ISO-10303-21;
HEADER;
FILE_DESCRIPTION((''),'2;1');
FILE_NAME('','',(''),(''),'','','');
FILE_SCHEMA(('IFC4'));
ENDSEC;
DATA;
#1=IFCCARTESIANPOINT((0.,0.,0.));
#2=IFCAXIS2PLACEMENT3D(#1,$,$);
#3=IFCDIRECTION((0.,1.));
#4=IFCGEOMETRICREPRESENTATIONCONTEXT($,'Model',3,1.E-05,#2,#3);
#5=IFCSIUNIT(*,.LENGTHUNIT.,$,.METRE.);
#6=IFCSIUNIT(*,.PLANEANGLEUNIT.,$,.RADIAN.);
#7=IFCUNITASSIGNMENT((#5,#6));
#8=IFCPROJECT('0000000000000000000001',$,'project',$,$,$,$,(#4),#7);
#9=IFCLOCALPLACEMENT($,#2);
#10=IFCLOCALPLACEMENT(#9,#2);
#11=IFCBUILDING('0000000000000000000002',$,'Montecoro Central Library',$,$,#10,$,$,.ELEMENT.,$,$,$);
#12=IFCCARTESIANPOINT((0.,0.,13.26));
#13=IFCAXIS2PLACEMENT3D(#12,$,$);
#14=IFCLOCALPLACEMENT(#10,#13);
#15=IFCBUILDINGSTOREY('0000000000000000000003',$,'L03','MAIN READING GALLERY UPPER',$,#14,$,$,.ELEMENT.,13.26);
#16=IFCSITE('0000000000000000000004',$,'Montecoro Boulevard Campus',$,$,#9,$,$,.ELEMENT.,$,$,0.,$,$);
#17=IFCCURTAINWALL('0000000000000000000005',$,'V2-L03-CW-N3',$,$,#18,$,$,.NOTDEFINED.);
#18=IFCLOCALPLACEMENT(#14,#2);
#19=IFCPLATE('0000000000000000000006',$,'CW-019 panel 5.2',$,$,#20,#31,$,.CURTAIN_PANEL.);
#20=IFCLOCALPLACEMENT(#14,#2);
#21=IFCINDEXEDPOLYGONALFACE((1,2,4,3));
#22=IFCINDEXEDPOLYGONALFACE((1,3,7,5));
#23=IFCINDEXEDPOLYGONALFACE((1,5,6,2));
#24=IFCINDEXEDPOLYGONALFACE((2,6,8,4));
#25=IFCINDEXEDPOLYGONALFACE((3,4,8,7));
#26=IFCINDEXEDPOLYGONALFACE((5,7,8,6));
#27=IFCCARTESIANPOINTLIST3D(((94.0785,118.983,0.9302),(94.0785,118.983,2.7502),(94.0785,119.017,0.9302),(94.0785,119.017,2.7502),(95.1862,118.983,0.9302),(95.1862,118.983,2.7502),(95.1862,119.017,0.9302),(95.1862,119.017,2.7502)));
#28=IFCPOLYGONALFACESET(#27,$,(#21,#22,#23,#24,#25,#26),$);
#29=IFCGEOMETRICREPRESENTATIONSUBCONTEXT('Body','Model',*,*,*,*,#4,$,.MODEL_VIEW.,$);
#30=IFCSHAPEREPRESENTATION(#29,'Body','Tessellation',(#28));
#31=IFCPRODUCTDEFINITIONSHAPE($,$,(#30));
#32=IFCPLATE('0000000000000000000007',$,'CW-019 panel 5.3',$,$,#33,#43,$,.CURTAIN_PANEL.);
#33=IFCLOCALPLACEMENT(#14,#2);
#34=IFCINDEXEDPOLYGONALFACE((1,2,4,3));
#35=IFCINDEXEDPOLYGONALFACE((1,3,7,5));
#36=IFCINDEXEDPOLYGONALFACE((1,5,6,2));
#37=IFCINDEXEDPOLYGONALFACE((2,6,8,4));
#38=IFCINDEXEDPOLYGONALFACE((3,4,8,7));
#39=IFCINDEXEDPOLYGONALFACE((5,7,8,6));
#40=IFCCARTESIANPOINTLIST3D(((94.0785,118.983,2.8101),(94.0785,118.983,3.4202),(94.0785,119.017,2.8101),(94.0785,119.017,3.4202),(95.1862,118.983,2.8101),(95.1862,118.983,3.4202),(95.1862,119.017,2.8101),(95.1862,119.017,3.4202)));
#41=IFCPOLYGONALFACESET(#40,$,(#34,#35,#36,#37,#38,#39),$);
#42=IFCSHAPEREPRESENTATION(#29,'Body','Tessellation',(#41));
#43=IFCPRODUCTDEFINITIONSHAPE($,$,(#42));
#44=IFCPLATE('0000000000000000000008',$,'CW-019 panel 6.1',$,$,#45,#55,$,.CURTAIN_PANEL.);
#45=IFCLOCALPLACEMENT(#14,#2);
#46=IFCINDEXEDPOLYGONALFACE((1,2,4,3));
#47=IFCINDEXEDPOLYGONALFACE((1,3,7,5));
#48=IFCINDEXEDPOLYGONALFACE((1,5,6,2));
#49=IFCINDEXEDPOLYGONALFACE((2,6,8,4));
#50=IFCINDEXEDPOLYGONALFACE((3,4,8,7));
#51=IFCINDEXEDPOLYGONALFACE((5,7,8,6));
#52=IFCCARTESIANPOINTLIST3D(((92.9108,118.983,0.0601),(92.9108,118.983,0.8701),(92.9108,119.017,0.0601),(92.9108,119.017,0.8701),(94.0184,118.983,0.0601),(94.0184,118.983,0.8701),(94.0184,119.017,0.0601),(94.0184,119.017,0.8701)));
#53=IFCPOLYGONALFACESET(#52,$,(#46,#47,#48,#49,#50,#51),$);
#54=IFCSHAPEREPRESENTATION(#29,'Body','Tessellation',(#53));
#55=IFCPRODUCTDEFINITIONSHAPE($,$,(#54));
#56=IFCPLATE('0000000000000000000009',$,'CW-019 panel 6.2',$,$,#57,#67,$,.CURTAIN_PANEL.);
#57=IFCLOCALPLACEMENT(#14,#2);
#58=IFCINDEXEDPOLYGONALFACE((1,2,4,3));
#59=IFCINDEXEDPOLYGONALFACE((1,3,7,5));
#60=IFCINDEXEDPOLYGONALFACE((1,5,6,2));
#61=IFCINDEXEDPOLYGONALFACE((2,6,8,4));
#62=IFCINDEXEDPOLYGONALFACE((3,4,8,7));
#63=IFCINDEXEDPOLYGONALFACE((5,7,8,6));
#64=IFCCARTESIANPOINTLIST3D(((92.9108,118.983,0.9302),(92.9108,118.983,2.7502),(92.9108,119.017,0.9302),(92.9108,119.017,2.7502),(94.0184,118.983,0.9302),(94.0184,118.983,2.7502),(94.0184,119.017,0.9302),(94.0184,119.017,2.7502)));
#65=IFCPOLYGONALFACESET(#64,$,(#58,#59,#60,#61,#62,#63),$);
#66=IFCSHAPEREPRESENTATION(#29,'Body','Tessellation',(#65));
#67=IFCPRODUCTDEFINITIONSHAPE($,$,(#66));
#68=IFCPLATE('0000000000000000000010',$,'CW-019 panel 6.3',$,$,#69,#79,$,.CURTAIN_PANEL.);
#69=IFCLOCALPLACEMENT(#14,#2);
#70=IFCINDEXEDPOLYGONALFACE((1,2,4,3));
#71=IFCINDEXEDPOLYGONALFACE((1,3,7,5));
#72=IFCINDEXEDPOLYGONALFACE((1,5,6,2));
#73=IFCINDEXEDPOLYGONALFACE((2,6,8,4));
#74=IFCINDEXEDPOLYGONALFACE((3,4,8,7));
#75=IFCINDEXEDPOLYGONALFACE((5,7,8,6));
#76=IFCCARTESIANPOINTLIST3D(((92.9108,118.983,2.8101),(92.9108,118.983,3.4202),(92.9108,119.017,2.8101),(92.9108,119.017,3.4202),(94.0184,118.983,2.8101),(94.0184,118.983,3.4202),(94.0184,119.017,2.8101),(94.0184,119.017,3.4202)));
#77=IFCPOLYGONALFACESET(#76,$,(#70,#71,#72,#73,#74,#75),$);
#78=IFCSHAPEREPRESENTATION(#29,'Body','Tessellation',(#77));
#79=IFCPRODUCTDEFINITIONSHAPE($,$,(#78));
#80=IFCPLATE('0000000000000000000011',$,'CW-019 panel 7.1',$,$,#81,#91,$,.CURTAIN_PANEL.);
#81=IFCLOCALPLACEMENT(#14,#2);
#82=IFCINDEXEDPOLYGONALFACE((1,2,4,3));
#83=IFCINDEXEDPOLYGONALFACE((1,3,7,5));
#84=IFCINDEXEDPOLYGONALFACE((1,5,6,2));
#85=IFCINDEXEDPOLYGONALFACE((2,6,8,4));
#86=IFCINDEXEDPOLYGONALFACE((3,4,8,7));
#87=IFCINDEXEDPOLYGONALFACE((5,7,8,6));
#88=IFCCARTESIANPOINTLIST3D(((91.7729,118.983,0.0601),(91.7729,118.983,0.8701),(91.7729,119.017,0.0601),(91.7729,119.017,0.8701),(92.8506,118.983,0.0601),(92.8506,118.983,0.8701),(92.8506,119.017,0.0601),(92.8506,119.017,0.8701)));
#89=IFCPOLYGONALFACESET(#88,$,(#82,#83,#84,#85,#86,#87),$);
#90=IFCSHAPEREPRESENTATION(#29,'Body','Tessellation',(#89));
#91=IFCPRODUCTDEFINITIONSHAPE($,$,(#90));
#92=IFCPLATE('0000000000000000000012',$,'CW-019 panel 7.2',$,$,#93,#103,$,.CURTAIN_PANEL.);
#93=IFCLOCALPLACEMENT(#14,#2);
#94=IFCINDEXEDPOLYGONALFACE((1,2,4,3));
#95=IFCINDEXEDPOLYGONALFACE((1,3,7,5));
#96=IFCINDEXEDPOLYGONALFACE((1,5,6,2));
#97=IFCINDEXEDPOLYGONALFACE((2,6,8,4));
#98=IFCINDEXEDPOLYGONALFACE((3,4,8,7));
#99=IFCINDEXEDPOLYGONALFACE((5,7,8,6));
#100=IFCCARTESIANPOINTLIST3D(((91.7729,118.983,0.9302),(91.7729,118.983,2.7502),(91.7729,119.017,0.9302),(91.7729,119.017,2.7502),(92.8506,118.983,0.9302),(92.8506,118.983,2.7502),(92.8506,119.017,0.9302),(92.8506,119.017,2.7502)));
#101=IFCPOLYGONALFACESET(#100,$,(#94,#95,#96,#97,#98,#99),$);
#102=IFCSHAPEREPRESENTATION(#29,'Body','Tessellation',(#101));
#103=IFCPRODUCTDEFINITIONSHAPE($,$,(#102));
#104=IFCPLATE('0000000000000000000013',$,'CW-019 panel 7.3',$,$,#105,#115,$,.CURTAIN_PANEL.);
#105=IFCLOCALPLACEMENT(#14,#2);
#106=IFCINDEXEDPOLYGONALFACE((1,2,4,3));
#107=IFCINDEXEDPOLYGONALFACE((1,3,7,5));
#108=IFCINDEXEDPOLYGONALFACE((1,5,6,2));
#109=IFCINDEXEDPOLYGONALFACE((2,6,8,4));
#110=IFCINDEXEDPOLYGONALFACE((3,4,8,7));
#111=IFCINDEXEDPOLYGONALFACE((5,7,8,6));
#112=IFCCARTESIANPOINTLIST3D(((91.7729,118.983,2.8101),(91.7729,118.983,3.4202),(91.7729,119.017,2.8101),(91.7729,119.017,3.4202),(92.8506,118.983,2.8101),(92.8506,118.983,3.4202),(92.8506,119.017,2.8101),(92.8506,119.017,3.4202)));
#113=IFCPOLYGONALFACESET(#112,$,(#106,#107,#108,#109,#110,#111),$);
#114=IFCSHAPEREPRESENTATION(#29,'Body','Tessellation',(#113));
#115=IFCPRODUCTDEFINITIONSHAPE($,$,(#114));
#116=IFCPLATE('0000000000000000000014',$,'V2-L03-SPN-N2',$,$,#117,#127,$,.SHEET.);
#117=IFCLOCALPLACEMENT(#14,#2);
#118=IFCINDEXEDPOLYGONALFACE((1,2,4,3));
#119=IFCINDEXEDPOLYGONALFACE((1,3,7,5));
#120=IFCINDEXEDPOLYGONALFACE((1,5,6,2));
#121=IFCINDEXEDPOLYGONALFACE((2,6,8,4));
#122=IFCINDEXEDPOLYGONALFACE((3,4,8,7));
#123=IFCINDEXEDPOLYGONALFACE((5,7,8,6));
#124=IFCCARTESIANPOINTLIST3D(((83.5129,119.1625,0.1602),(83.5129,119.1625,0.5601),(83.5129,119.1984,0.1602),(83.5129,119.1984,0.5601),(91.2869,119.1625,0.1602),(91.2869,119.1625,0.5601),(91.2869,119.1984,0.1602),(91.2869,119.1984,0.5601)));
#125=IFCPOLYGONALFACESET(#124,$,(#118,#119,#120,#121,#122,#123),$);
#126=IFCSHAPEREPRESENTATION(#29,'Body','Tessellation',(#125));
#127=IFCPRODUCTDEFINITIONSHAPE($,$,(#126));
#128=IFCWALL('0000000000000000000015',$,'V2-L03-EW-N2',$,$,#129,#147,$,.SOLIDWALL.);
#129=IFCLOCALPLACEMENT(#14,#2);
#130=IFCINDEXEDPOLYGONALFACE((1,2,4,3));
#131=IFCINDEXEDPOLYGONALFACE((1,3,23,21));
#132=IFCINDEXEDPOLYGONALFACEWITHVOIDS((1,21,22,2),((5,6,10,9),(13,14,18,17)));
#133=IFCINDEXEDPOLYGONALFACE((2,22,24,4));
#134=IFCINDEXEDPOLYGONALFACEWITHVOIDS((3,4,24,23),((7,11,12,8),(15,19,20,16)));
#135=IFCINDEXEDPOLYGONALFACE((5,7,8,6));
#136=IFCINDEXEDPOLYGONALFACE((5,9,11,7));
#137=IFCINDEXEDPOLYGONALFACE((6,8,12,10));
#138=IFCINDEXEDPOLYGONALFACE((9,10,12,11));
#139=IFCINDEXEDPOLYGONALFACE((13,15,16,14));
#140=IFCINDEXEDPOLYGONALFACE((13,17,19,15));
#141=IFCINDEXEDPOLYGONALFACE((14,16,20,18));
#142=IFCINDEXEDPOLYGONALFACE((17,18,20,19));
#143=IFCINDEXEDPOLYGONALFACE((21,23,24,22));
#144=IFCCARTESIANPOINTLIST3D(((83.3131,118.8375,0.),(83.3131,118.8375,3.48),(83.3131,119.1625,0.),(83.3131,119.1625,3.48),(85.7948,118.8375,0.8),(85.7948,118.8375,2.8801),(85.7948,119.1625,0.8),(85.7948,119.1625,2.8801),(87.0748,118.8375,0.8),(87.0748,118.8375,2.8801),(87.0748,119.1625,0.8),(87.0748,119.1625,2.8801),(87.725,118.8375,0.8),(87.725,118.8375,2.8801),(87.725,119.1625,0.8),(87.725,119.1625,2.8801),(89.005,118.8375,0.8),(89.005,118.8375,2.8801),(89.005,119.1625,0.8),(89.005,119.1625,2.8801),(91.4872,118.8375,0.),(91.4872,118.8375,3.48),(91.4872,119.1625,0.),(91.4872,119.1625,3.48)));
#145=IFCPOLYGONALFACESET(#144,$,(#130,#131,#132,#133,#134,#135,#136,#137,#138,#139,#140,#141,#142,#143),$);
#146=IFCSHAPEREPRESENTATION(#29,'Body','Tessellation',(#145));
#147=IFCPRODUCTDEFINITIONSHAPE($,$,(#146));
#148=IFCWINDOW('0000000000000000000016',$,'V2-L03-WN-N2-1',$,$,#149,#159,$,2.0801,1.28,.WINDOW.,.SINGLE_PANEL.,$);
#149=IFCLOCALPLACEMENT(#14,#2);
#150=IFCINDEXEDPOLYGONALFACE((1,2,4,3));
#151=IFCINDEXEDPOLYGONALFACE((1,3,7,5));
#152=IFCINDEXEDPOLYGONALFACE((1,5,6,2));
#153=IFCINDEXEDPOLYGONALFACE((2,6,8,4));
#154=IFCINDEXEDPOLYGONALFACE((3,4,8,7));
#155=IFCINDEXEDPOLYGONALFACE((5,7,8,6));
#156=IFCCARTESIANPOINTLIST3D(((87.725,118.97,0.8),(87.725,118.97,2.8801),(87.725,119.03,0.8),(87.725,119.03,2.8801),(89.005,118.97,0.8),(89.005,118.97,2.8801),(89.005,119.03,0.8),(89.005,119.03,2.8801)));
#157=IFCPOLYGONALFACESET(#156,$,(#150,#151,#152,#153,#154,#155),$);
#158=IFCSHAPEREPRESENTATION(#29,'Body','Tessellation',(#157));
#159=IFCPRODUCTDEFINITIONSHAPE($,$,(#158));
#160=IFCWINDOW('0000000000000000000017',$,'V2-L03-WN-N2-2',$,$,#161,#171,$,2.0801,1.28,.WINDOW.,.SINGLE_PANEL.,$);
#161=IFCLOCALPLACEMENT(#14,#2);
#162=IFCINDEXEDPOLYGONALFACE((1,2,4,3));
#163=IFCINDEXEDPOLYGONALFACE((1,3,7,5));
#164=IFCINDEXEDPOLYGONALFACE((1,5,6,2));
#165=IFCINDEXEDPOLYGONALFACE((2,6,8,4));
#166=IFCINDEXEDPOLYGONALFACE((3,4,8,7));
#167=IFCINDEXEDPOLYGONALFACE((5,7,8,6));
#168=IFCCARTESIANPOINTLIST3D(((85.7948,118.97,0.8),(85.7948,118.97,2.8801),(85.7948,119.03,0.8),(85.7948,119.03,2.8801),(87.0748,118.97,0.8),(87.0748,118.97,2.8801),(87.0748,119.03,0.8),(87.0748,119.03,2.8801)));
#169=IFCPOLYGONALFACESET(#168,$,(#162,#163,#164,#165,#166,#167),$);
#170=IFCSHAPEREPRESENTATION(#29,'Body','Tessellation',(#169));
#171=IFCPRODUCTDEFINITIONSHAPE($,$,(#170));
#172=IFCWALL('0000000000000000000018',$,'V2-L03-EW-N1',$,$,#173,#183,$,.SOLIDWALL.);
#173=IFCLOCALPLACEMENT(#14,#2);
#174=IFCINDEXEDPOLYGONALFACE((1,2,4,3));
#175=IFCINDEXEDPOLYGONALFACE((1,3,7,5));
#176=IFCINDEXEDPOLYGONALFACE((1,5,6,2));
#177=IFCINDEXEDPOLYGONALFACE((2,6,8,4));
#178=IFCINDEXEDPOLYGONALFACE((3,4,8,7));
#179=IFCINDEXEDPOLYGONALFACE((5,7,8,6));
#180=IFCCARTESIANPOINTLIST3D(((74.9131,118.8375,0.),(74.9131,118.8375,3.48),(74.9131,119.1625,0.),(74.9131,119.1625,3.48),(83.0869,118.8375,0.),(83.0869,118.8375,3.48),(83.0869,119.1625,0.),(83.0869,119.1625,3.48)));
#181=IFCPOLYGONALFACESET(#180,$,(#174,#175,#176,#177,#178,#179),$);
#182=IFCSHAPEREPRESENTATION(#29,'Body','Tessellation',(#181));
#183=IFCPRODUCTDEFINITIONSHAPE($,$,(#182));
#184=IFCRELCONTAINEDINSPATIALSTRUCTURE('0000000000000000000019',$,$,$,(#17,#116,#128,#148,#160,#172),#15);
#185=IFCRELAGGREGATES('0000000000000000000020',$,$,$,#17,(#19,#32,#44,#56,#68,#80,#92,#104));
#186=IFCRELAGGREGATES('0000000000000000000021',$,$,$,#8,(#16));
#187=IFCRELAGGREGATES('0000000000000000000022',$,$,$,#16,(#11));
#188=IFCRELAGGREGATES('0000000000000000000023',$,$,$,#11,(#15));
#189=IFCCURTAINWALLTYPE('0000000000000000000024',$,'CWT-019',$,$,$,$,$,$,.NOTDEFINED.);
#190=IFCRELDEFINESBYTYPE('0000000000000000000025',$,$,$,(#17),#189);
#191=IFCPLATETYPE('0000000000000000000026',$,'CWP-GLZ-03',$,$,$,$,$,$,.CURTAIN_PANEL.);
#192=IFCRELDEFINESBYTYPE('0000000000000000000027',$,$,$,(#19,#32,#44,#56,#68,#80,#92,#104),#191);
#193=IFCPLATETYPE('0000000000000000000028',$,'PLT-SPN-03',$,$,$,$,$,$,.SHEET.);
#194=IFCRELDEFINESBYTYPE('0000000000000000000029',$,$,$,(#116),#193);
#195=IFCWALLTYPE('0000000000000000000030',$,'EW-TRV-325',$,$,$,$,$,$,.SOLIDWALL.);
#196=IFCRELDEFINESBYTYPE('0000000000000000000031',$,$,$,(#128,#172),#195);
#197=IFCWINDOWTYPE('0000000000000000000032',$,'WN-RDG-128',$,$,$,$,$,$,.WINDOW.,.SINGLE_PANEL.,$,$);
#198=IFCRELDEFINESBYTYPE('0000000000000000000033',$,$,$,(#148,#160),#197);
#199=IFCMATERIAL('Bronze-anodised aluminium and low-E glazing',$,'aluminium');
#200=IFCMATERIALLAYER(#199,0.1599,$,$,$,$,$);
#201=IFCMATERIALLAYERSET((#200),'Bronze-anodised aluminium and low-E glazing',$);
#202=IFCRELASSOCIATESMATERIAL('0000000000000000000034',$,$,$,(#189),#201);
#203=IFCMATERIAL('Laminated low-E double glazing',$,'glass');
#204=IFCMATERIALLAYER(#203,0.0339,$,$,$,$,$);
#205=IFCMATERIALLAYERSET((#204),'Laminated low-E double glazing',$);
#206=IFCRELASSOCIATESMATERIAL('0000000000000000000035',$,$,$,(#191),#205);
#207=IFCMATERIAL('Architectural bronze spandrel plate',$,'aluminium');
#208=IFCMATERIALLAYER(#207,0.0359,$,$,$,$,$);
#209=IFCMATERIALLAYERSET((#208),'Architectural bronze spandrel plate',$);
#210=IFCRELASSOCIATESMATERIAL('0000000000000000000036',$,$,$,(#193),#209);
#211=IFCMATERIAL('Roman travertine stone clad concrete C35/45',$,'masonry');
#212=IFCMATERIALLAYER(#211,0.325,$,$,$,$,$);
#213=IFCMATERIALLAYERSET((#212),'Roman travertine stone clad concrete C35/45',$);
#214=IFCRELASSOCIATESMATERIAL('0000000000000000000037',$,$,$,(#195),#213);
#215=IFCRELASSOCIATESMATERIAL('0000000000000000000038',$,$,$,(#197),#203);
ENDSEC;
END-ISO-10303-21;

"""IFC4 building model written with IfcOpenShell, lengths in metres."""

from ifc_helpers import new_model, si_unit, direction, frame, frame_2d, origin, origin_2d, place, context, subcontext, project, spatial, rectangle, extrude, material, layer, layer_set, type_object, element, fill, aggregate, save


model = new_model("IFC4")

# Units and contexts
model_context = context("Model", 3, precision=1e-05, world=origin(), true_north=direction((0.0, 1.0)))
body_context = subcontext(model_context, "Body", "Model", "MODEL_VIEW")
ifc_project = project(units=[si_unit("LENGTHUNIT", "METRE"), si_unit("PLANEANGLEUNIT", "RADIAN")], contexts=[model_context])

# Site, building, storey
site_placement = place(None, origin())
site = spatial("IfcSite", under=ifc_project, at=site_placement, Name="Montecoro Boulevard Campus", CompositionType="ELEMENT", RefElevation=0.0)
building_placement = place(site_placement, origin())
building = spatial("IfcBuilding", under=site, at=building_placement, Name="Montecoro Central Library", CompositionType="ELEMENT")
storey_placement = place(building_placement, frame((0.0, 0.0, 13.26)))
storey = spatial("IfcBuildingStorey", under=building, at=storey_placement, Name="L03", Description="MAIN READING GALLERY UPPER", CompositionType="ELEMENT", Elevation=13.26)

# Curtain wall, plates
ifc_material_1 = material(Name="Bronze-anodised aluminium and low-E glazing", Category="aluminium")
ifc_layer_1 = layer(ifc_material_1, 0.1599)
ifc_layer_set_1 = layer_set([ifc_layer_1], Name="Bronze-anodised aluminium and low-E glazing")
curtain_wall_type = type_object("IfcCurtainWallType", Name="CWT-019", PredefinedType="NOTDEFINED", material=ifc_layer_set_1)
curtain_wall_placement = place(storey_placement, origin())
curtain_wall = element("IfcCurtainWall", 1, at=curtain_wall_placement, inside=storey, type_object=curtain_wall_type, Name="V2-L03-CW-N3", PredefinedType="NOTDEFINED")
ifc_material_2 = material(Name="Laminated low-E double glazing", Category="glass")
ifc_layer_2 = layer(ifc_material_2, 0.0339)
ifc_layer_set_2 = layer_set([ifc_layer_2], Name="Laminated low-E double glazing")
plate_type_1 = type_object("IfcPlateType", Name="CWP-GLZ-03", PredefinedType="CURTAIN_PANEL", material=ifc_layer_set_2)
plate_1_placement = place(storey_placement, frame((94.6323, 119.0, 0.9302), z_axis=(0.0, 0.0, 1.0), x_axis=(-1.0, 0.0, 0.0)))
plate_1 = element("IfcPlate", 2, at=plate_1_placement, type_object=plate_type_1, Name="CW-019 panel 5.2", PredefinedType="CURTAIN_PANEL", context=body_context, shape_type="SweptSolid", body=[
    extrude(rectangle(XDim=1.1077, YDim=0.0339, at=origin_2d()), origin(), (0.0, 0.0, 1.0), 1.8201),
])
plate_2_placement = place(storey_placement, frame((94.6323, 119.0, 2.8101), z_axis=(0.0, 0.0, 1.0), x_axis=(-1.0, 0.0, 0.0)))
plate_2 = element("IfcPlate", 3, at=plate_2_placement, type_object=plate_type_1, Name="CW-019 panel 5.3", PredefinedType="CURTAIN_PANEL", context=body_context, shape_type="SweptSolid", body=[
    extrude(rectangle(XDim=1.1077, YDim=0.0339, at=origin_2d()), origin(), (0.0, 0.0, 1.0), 0.6101),
])
plate_3_placement = place(storey_placement, frame((93.4646, 119.0, 0.0601), z_axis=(0.0, 0.0, 1.0), x_axis=(-1.0, 0.0, 0.0)))
plate_3 = element("IfcPlate", 4, at=plate_3_placement, type_object=plate_type_1, Name="CW-019 panel 6.1", PredefinedType="CURTAIN_PANEL", context=body_context, shape_type="SweptSolid", body=[
    extrude(rectangle(XDim=1.1077, YDim=0.0339, at=origin_2d()), origin(), (0.0, 0.0, 1.0), 0.8101),
])
plate_4_placement = place(storey_placement, frame((93.4646, 119.0, 0.9302), z_axis=(0.0, 0.0, 1.0), x_axis=(-1.0, 0.0, 0.0)))
plate_4 = element("IfcPlate", 5, at=plate_4_placement, type_object=plate_type_1, Name="CW-019 panel 6.2", PredefinedType="CURTAIN_PANEL", context=body_context, shape_type="SweptSolid", body=[
    extrude(rectangle(XDim=1.1077, YDim=0.0339, at=origin_2d()), origin(), (0.0, 0.0, 1.0), 1.8201),
])
plate_5_placement = place(storey_placement, frame((93.4646, 119.0, 2.8101), z_axis=(0.0, 0.0, 1.0), x_axis=(-1.0, 0.0, 0.0)))
plate_5 = element("IfcPlate", 6, at=plate_5_placement, type_object=plate_type_1, Name="CW-019 panel 6.3", PredefinedType="CURTAIN_PANEL", context=body_context, shape_type="SweptSolid", body=[
    extrude(rectangle(XDim=1.1077, YDim=0.0339, at=origin_2d()), origin(), (0.0, 0.0, 1.0), 0.6101),
])
plate_6_placement = place(storey_placement, frame((92.3118, 119.0, 0.0601), z_axis=(0.0, 0.0, 1.0), x_axis=(-1.0, 0.0, 0.0)))
plate_6 = element("IfcPlate", 7, at=plate_6_placement, type_object=plate_type_1, Name="CW-019 panel 7.1", PredefinedType="CURTAIN_PANEL", context=body_context, shape_type="SweptSolid", body=[
    extrude(rectangle(XDim=1.0776, YDim=0.0339, at=origin_2d()), origin(), (0.0, 0.0, 1.0), 0.8101),
])
plate_7_placement = place(storey_placement, frame((92.3118, 119.0, 0.9302), z_axis=(0.0, 0.0, 1.0), x_axis=(-1.0, 0.0, 0.0)))
plate_7 = element("IfcPlate", 8, at=plate_7_placement, type_object=plate_type_1, Name="CW-019 panel 7.2", PredefinedType="CURTAIN_PANEL", context=body_context, shape_type="SweptSolid", body=[
    extrude(rectangle(XDim=1.0776, YDim=0.0339, at=origin_2d()), origin(), (0.0, 0.0, 1.0), 1.8201),
])
plate_8_placement = place(storey_placement, frame((92.3118, 119.0, 2.8101), z_axis=(0.0, 0.0, 1.0), x_axis=(-1.0, 0.0, 0.0)))
plate_8 = element("IfcPlate", 9, at=plate_8_placement, type_object=plate_type_1, Name="CW-019 panel 7.3", PredefinedType="CURTAIN_PANEL", context=body_context, shape_type="SweptSolid", body=[
    extrude(rectangle(XDim=1.0776, YDim=0.0339, at=origin_2d()), origin(), (0.0, 0.0, 1.0), 0.6101),
])
aggregate(curtain_wall, [plate_1, plate_2, plate_3, plate_4, plate_5, plate_6, plate_7, plate_8])

# Plate
ifc_material_3 = material(Name="Architectural bronze spandrel plate", Category="aluminium")
ifc_layer_3 = layer(ifc_material_3, 0.0359)
ifc_layer_set_3 = layer_set([ifc_layer_3], Name="Architectural bronze spandrel plate")
plate_type_2 = type_object("IfcPlateType", Name="PLT-SPN-03", PredefinedType="SHEET", material=ifc_layer_set_3)
plate_9_placement = place(storey_placement, frame((87.3999, 119.1804, 0.1602), z_axis=(0.0, 0.0, 1.0), x_axis=(-1.0, 0.0, 0.0)))
element("IfcPlate", 10, at=plate_9_placement, inside=storey, type_object=plate_type_2, Name="V2-L03-SPN-N2", PredefinedType="SHEET", context=body_context, shape_type="SweptSolid", body=[
    extrude(rectangle(XDim=7.7739, YDim=0.0359, at=origin_2d()), origin(), (0.0, 0.0, 1.0), 0.3999),
])

# Wall, openings, windows
ifc_material_4 = material(Name="Roman travertine stone clad concrete C35/45", Category="masonry")
ifc_layer_4 = layer(ifc_material_4, 0.325)
ifc_layer_set_4 = layer_set([ifc_layer_4], Name="Roman travertine stone clad concrete C35/45")
wall_type = type_object("IfcWallType", Name="EW-TRV-325", PredefinedType="SOLIDWALL", material=ifc_layer_set_4)
wall_1_placement = place(storey_placement, frame((91.4871, 119.0, 0.0), z_axis=(0.0, 0.0, 1.0), x_axis=(-1.0, 0.0, 0.0)))
wall_1 = element("IfcWall", 11, at=wall_1_placement, inside=storey, type_object=wall_type, Name="V2-L03-EW-N2", PredefinedType="SOLIDWALL", context=body_context, shape_type="SweptSolid", body=[
    extrude(rectangle(XDim=8.1741, YDim=0.325, at=frame_2d((4.0869, 0.0))), origin(), (0.0, 0.0, 1.0), 3.48),
])
opening_1_placement = place(wall_1_placement, frame((2.4819, 0.0, 0.8)))
opening_1 = element("IfcOpeningElement", 12, at=opening_1_placement, cuts=wall_1, PredefinedType="OPENING", context=body_context, shape_type="SweptSolid", body=[
    extrude(rectangle(XDim=1.28, YDim=2.0801, at=frame_2d((0.6401, 1.04))), frame((0.0, 0.1724, 0.0), z_axis=(0.0, -1.0, 0.0), x_axis=(1.0, 0.0, 0.0)), (0.0, 0.0, 1.0), 0.345),
])
opening_2_placement = place(wall_1_placement, frame((4.4121, 0.0, 0.8)))
opening_2 = element("IfcOpeningElement", 13, at=opening_2_placement, cuts=wall_1, PredefinedType="OPENING", context=body_context, shape_type="SweptSolid", body=[
    extrude(rectangle(XDim=1.28, YDim=2.0801, at=frame_2d((0.6401, 1.04))), frame((0.0, 0.1724, 0.0), z_axis=(0.0, -1.0, 0.0), x_axis=(1.0, 0.0, 0.0)), (0.0, 0.0, 1.0), 0.345),
])
window_type = type_object("IfcWindowType", Name="WN-RDG-128", PartitioningType="SINGLE_PANEL", PredefinedType="WINDOW", material=ifc_material_2)
window_1_placement = place(opening_1_placement, origin())
window_1 = element("IfcWindow", 14, at=window_1_placement, inside=storey, type_object=window_type, Name="V2-L03-WN-N2-1", OverallHeight=2.0801, OverallWidth=1.28, PartitioningType="SINGLE_PANEL", PredefinedType="WINDOW", context=body_context, shape_type="SweptSolid", body=[
    extrude(rectangle(XDim=1.28, YDim=2.0801, at=frame_2d((0.6401, 1.04))), frame((0.0, 0.03, 0.0), z_axis=(0.0, -1.0, 0.0), x_axis=(1.0, 0.0, 0.0)), (0.0, 0.0, 1.0), 0.0601),
])
fill(opening_1, window_1)
window_2_placement = place(opening_2_placement, origin())
window_2 = element("IfcWindow", 15, at=window_2_placement, inside=storey, type_object=window_type, Name="V2-L03-WN-N2-2", OverallHeight=2.0801, OverallWidth=1.28, PartitioningType="SINGLE_PANEL", PredefinedType="WINDOW", context=body_context, shape_type="SweptSolid", body=[
    extrude(rectangle(XDim=1.28, YDim=2.0801, at=frame_2d((0.6401, 1.04))), frame((0.0, 0.03, 0.0), z_axis=(0.0, -1.0, 0.0), x_axis=(1.0, 0.0, 0.0)), (0.0, 0.0, 1.0), 0.0601),
])
fill(opening_2, window_2)

# Wall
wall_2_placement = place(storey_placement, frame((83.0869, 119.0, 0.0), z_axis=(0.0, 0.0, 1.0), x_axis=(-1.0, 0.0, 0.0)))
element("IfcWall", 16, at=wall_2_placement, inside=storey, type_object=wall_type, Name="V2-L03-EW-N1", PredefinedType="SOLIDWALL", context=body_context, shape_type="SweptSolid", body=[
    extrude(rectangle(XDim=8.1738, YDim=0.325, at=frame_2d((4.0869, 0.0))), origin(), (0.0, 0.0, 1.0), 3.48),
])

save(model, "model.ifc")
